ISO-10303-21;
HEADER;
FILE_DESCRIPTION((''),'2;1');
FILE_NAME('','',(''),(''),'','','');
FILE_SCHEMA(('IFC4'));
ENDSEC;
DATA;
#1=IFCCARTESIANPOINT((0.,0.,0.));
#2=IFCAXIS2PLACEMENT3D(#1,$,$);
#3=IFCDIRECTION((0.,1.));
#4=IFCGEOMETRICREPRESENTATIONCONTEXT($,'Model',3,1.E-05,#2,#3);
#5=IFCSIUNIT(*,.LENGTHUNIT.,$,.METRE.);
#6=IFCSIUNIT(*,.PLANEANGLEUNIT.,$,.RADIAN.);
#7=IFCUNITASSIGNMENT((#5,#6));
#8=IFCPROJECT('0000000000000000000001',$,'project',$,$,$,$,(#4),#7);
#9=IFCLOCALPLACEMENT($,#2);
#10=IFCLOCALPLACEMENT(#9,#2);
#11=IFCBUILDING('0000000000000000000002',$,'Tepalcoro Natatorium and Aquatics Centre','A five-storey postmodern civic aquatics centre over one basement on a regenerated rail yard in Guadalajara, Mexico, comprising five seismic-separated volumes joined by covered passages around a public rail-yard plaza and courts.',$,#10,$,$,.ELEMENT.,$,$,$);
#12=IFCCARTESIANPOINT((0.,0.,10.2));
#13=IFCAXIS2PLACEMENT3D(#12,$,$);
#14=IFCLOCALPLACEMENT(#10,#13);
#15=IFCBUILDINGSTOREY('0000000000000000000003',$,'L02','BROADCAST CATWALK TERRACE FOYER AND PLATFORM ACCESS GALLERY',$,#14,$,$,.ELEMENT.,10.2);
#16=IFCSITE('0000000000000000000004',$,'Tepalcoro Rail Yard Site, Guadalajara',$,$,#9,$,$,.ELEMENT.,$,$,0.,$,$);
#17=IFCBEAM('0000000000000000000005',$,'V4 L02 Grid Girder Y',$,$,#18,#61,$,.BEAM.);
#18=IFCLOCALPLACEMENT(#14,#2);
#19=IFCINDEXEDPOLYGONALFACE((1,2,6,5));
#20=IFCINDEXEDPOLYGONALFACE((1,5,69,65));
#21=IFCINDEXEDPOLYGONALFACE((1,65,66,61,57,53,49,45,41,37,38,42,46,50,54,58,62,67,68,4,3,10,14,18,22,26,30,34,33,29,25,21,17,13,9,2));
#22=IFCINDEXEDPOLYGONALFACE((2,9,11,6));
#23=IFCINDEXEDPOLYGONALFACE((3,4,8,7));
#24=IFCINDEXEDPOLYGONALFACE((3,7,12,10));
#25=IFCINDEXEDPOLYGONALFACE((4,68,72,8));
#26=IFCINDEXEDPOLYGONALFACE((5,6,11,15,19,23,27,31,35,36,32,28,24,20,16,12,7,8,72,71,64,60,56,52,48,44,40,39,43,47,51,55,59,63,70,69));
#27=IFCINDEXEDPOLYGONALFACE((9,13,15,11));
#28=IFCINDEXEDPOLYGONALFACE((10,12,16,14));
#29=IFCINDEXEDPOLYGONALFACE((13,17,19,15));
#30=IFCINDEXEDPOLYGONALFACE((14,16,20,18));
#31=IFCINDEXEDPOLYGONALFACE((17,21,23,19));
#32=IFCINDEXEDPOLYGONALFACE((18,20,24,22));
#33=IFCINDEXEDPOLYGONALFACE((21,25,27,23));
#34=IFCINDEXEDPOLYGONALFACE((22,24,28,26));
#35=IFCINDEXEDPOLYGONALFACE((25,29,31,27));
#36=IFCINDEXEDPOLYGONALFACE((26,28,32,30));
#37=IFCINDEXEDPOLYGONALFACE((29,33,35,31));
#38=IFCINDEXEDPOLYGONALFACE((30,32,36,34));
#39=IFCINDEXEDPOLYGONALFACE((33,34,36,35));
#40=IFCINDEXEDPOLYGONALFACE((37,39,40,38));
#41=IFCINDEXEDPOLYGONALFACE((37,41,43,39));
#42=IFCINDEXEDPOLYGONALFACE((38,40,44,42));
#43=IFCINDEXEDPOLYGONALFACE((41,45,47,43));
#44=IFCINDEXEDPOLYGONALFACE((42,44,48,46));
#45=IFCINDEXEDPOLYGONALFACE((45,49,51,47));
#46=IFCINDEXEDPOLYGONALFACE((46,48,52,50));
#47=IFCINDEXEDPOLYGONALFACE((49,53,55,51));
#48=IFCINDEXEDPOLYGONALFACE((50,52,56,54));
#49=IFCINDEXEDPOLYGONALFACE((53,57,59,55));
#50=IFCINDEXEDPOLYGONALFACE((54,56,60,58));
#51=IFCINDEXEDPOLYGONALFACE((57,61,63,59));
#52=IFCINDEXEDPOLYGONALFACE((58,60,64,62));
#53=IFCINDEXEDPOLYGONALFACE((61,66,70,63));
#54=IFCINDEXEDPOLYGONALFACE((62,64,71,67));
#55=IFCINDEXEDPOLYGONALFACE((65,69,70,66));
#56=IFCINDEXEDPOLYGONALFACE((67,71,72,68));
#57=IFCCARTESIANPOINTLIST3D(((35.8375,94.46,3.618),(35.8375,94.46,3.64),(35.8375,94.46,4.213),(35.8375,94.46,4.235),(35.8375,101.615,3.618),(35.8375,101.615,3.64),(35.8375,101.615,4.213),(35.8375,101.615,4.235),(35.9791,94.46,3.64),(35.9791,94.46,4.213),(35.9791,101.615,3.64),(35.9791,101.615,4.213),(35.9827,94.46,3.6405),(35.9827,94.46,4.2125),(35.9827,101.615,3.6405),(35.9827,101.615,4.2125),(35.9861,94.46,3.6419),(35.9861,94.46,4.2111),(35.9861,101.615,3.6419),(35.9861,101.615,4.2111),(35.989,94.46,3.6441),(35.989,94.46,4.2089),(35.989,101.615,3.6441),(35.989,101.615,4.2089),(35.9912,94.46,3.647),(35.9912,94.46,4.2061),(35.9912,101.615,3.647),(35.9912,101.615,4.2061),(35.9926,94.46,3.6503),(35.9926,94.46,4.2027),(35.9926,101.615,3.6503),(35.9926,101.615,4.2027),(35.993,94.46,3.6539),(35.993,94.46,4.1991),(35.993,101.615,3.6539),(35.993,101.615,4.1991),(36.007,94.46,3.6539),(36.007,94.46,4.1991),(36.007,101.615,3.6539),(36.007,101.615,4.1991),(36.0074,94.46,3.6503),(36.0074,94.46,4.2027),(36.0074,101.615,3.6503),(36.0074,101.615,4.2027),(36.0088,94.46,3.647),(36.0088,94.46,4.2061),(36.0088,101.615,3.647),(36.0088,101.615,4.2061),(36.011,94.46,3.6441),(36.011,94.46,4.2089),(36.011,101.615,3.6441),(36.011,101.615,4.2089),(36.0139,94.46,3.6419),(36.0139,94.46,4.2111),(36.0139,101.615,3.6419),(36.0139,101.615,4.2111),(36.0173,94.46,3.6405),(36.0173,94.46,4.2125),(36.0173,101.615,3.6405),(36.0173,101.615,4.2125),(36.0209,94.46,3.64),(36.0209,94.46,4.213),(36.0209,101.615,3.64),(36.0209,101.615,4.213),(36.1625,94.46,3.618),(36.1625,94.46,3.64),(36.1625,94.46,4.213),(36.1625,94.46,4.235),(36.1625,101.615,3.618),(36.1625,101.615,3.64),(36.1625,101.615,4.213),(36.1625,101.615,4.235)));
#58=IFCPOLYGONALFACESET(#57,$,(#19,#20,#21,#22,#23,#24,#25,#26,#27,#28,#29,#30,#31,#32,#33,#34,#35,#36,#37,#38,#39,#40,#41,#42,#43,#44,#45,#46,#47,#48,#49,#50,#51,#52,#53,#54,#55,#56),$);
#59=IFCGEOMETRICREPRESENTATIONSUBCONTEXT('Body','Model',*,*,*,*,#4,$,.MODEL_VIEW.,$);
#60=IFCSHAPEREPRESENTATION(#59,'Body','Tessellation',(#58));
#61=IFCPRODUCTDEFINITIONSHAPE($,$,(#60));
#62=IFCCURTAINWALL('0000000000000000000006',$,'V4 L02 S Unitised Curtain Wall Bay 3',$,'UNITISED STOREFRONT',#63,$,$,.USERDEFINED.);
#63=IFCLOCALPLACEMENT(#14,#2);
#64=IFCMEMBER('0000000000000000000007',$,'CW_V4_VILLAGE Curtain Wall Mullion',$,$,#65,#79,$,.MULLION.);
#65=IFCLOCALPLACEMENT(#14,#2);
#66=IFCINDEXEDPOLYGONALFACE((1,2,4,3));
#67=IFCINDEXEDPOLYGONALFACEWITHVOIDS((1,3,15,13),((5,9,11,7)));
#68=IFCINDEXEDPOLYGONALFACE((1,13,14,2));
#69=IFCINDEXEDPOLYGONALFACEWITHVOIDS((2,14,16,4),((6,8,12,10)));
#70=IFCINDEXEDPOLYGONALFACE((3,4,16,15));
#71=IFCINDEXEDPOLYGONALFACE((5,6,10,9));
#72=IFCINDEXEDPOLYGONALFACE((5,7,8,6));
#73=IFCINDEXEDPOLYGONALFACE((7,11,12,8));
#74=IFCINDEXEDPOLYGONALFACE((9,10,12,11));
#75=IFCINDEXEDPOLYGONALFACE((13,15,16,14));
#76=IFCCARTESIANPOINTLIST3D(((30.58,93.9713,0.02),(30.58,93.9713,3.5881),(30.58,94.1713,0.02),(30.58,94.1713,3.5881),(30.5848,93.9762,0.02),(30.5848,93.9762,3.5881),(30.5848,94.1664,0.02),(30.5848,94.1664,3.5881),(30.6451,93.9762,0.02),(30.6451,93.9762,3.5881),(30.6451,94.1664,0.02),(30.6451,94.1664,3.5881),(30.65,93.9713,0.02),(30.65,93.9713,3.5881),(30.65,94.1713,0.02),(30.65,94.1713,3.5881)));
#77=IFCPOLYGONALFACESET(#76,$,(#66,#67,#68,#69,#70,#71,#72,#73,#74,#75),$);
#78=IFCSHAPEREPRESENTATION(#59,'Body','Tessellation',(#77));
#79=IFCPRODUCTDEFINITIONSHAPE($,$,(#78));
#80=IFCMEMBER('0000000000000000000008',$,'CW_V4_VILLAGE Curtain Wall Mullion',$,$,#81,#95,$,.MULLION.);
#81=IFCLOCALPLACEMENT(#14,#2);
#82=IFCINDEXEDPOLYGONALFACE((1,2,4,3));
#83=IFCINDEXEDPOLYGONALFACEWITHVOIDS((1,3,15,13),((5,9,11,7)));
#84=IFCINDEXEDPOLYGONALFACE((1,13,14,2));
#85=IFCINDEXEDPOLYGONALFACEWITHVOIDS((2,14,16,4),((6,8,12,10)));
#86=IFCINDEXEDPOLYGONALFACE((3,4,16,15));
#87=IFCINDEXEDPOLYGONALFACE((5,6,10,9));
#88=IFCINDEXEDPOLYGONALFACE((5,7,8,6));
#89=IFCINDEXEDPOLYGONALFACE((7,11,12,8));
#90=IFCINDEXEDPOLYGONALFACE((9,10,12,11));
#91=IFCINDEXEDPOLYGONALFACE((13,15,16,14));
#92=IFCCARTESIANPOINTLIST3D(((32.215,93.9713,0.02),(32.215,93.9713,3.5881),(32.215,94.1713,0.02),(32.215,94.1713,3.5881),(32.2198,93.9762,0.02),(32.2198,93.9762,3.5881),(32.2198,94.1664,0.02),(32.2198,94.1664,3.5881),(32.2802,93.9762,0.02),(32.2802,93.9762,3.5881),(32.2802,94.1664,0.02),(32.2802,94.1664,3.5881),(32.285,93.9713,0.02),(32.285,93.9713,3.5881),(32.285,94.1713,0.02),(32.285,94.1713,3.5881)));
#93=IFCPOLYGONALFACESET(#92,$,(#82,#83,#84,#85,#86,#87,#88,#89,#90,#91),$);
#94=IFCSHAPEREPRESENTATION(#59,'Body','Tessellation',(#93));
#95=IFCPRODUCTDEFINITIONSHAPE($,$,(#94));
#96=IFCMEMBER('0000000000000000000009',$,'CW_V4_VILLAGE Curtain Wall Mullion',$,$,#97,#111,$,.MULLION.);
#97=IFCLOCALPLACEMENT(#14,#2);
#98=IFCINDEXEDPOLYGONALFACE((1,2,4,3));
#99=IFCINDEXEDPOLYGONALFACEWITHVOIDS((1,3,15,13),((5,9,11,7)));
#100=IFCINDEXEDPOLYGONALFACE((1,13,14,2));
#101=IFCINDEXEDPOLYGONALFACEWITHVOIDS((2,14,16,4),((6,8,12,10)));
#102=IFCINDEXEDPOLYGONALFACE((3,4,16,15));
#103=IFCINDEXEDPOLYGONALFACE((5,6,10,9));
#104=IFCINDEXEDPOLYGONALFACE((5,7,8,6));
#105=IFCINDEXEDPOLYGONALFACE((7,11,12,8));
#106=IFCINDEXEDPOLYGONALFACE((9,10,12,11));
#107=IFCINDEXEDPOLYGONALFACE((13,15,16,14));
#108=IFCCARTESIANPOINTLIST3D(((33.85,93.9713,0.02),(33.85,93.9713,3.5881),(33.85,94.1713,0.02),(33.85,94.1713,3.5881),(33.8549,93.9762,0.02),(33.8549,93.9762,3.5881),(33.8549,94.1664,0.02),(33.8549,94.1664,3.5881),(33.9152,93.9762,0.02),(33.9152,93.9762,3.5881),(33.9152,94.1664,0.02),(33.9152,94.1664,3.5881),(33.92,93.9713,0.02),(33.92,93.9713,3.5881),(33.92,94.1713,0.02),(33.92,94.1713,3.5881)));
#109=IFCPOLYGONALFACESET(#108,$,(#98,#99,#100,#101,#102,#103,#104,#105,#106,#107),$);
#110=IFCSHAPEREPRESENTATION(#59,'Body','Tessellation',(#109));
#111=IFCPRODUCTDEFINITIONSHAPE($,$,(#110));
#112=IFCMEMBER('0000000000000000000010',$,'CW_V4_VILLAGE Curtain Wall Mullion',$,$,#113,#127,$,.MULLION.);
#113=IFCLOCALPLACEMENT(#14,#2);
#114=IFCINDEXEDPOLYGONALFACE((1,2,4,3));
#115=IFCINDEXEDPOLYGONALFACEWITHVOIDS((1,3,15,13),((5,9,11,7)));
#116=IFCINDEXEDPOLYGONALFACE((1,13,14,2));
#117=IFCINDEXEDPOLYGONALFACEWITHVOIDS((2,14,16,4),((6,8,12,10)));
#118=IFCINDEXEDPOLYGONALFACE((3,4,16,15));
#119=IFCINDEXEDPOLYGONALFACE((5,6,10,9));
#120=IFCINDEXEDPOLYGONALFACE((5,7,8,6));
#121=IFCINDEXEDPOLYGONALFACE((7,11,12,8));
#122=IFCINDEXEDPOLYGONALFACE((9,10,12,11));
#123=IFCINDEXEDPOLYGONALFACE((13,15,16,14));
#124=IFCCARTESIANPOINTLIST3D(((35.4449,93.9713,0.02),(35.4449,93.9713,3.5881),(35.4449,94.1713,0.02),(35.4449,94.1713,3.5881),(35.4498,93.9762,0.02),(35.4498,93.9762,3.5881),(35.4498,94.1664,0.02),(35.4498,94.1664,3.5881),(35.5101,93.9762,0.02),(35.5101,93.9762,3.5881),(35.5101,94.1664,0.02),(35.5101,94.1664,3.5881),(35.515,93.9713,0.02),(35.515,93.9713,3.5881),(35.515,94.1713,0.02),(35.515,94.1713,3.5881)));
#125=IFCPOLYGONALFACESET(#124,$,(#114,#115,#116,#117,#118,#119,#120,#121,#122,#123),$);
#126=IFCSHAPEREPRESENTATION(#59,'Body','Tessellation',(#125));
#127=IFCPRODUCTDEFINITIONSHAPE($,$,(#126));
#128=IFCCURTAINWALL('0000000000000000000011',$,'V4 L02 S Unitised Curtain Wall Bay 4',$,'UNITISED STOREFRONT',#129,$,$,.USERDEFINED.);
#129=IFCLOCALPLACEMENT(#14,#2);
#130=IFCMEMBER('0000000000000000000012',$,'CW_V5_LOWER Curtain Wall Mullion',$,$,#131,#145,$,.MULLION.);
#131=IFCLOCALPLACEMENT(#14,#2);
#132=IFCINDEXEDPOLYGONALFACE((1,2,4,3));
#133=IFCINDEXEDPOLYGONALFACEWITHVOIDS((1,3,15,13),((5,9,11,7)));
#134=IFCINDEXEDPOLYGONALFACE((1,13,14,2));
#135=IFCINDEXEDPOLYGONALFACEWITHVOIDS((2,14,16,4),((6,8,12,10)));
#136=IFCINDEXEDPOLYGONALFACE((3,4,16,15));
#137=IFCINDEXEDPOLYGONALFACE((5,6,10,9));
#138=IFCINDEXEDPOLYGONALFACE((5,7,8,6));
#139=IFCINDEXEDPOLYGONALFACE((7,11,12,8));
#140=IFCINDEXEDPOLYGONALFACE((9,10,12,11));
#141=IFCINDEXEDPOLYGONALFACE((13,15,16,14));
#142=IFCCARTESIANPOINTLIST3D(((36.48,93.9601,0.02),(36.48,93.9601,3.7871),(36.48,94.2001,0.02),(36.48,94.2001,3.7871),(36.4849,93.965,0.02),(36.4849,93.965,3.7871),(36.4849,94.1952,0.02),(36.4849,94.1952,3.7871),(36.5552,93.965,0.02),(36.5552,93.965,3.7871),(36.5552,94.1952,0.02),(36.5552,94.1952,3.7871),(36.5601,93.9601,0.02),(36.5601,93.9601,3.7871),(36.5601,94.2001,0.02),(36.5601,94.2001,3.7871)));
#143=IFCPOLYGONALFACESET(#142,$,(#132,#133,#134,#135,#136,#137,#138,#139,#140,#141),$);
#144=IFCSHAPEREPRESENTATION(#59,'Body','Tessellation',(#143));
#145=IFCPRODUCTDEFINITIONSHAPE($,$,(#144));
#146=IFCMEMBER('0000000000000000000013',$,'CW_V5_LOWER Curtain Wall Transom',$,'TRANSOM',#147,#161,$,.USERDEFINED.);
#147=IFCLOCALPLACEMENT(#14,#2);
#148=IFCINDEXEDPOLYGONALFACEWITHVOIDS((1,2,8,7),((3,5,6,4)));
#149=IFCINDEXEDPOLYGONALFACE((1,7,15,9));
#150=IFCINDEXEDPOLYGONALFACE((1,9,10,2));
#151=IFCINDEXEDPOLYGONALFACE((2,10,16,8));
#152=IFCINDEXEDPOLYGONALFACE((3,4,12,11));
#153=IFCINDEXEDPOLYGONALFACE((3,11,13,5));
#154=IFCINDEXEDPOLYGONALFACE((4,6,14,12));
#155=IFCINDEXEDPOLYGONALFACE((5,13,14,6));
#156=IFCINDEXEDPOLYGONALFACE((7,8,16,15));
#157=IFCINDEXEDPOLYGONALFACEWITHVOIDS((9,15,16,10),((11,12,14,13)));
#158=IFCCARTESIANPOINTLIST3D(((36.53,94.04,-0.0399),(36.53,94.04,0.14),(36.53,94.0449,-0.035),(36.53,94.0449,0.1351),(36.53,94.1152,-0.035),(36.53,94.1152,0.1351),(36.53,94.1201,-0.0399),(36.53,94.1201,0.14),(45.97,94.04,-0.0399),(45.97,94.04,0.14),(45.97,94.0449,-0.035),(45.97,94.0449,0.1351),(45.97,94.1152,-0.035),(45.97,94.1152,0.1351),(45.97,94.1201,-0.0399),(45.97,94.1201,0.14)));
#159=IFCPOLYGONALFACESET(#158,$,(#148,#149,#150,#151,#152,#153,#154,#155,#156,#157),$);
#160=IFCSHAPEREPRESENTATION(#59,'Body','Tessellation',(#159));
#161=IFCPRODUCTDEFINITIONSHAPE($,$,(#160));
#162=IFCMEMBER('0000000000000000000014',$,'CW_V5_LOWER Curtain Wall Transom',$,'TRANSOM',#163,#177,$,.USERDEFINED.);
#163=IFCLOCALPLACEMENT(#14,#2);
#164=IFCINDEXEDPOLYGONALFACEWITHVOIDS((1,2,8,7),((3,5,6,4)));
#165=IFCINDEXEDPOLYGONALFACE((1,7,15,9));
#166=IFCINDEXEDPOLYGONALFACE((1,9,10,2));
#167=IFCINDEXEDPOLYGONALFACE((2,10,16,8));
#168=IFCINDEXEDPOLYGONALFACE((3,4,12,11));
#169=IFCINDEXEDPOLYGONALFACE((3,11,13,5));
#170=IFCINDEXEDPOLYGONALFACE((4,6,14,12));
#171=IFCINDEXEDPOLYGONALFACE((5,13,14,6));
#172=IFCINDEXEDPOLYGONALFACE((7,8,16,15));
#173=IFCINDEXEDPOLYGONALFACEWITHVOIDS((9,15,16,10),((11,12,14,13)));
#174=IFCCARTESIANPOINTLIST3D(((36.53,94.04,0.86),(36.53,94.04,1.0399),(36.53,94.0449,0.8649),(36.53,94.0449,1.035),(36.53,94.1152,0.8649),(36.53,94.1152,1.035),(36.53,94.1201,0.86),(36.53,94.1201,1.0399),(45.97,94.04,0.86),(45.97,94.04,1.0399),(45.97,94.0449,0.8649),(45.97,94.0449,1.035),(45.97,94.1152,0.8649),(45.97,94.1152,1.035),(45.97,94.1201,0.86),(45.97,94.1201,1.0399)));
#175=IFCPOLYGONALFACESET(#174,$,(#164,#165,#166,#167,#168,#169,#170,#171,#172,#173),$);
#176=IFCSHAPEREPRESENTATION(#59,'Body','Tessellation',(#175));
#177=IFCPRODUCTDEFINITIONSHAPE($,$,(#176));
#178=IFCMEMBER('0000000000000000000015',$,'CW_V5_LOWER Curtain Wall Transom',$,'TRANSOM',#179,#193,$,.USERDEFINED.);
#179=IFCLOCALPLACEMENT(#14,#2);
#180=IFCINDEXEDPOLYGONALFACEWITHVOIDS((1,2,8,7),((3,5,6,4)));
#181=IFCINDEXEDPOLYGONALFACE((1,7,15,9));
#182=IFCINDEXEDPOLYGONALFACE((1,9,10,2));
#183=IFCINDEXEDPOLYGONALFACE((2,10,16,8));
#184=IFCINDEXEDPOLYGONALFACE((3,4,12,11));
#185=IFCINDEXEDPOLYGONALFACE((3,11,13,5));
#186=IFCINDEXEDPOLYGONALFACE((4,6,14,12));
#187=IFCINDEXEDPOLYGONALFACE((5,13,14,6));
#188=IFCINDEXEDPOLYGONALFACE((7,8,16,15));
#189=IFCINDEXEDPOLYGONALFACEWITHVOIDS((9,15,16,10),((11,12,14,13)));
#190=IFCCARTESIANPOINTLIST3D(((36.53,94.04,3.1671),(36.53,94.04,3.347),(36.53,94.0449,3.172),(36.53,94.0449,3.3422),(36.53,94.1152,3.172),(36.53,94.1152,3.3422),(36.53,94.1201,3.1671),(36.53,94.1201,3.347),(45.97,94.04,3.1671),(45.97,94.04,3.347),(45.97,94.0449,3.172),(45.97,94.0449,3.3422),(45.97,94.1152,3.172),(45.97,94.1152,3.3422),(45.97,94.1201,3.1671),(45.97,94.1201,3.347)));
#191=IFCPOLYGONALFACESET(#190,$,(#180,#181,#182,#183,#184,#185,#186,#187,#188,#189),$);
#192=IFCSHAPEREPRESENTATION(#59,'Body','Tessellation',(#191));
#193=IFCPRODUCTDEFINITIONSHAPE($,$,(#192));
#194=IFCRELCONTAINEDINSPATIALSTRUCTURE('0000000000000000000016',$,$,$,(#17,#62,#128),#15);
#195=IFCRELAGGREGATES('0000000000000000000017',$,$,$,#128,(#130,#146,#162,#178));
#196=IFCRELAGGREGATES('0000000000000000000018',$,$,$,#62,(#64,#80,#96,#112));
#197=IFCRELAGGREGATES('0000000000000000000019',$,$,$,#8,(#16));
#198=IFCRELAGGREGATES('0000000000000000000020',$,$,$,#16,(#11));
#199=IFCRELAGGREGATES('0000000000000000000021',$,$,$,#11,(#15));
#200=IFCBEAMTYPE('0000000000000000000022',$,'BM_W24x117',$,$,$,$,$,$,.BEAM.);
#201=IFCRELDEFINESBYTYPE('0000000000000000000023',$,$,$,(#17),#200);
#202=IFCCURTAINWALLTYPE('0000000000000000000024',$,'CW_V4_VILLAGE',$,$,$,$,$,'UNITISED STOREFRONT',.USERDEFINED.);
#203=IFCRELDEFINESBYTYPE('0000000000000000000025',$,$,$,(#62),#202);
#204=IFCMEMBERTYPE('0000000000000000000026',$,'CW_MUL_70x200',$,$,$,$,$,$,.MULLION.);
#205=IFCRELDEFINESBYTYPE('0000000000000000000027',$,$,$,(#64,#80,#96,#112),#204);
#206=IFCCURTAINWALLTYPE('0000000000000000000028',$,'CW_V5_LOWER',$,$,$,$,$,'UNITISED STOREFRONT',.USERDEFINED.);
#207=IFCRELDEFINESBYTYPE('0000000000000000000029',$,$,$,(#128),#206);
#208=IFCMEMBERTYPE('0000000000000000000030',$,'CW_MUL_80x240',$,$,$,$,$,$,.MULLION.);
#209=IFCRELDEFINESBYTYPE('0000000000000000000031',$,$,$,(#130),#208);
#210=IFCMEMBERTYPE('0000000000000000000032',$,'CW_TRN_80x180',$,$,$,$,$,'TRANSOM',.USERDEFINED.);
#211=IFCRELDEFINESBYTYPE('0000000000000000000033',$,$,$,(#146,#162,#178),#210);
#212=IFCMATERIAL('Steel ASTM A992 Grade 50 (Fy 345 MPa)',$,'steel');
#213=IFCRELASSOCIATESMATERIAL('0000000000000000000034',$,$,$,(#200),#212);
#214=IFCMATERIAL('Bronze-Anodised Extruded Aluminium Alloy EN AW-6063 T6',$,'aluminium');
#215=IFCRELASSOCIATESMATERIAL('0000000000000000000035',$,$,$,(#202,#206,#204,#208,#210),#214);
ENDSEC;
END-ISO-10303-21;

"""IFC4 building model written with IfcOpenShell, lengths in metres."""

from ifc_helpers import new_model, si_unit, direction, frame, origin, origin_2d, place, context, subcontext, project, spatial, hollow_rectangle, i_section, extrude, material, material_profile, profile_set, type_object, element, aggregate, save


model = new_model("IFC4")

# Units and contexts
model_context = context("Model", 3, precision=1e-05, world=origin(), true_north=direction((0.0, 1.0)))
body_context = subcontext(model_context, "Body", "Model", "MODEL_VIEW")
ifc_project = project(units=[si_unit("LENGTHUNIT", "METRE"), si_unit("PLANEANGLEUNIT", "RADIAN")], contexts=[model_context])

# Site, building, storey
site_placement = place(None, origin())
site = spatial("IfcSite", under=ifc_project, at=site_placement, Name="Tepalcoro Rail Yard Site, Guadalajara", CompositionType="ELEMENT", RefElevation=0.0)
building_placement = place(site_placement, origin())
building = spatial("IfcBuilding", under=site, at=building_placement, Name="Tepalcoro Natatorium and Aquatics Centre", Description="A five-storey postmodern civic aquatics centre over one basement on a regenerated rail yard in Guadalajara, Mexico, comprising five seismic-separated volumes joined by covered passages around a public rail-yard plaza and courts.", CompositionType="ELEMENT")
storey_placement = place(building_placement, frame((0.0, 0.0, 10.2)))
storey = spatial("IfcBuildingStorey", under=building, at=storey_placement, Name="L02", Description="BROADCAST CATWALK TERRACE FOYER AND PLATFORM ACCESS GALLERY", CompositionType="ELEMENT", Elevation=10.2)

# Beam
ifc_material_1 = material(Name="Steel ASTM A992 Grade 50 (Fy 345 MPa)", Category="steel")
ifc_material_profile_1 = material_profile(ifc_material_1, i_section(OverallWidth=0.325, OverallDepth=0.6169, WebThickness=0.0139, FlangeThickness=0.022, FilletRadius=0.0139, at=origin_2d()), Name="W24X117")
ifc_profile_set_1 = profile_set([ifc_material_profile_1], Name="Steel ASTM A992 Grade 50 (Fy 345 MPa)")
beam_type_1 = type_object("IfcBeamType", Name="BM_W24x117", PredefinedType="BEAM", material=ifc_profile_set_1)
beam_1_placement = place(storey_placement, frame((36.0, 94.46, 3.9265), z_axis=(0.0, 1.0, 0.0), x_axis=(-1.0, 0.0, 0.0)))
element("IfcBeam", 1, at=beam_1_placement, inside=storey, type_object=beam_type_1, Name="V4 L02 Grid Girder Y", PredefinedType="BEAM", context=body_context, shape_type="SweptSolid", body=[
    extrude(i_section(OverallWidth=0.325, OverallDepth=0.6169, WebThickness=0.0139, FlangeThickness=0.022, FilletRadius=0.0139, at=origin_2d()), origin(), (0.0, 0.0, 1.0), 7.155),
])

# Curtain walls, members
ifc_material_2 = material(Name="Bronze-Anodised Extruded Aluminium Alloy EN AW-6063 T6", Category="aluminium")
curtain_wall_type_1 = type_object("IfcCurtainWallType", Name="CW_V4_VILLAGE", ElementType="UNITISED STOREFRONT", PredefinedType="USERDEFINED", material=ifc_material_2)
curtain_wall_1_placement = place(storey_placement, origin())
curtain_wall_1 = element("IfcCurtainWall", 2, at=curtain_wall_1_placement, inside=storey, type_object=curtain_wall_type_1, Name="V4 L02 S Unitised Curtain Wall Bay 3", ObjectType="UNITISED STOREFRONT", PredefinedType="USERDEFINED")
ifc_material_profile_2 = material_profile(ifc_material_2, hollow_rectangle(XDim=0.0701, YDim=0.2, WallThickness=0.0049, at=origin_2d()), Name="AL70X200X5")
ifc_profile_set_2 = profile_set([ifc_material_profile_2], Name="Bronze-Anodised Extruded Aluminium Alloy EN AW-6063 T6")
member_type_1 = type_object("IfcMemberType", Name="CW_MUL_70x200", PredefinedType="MULLION", material=ifc_profile_set_2)
member_1_placement = place(storey_placement, frame((30.615, 94.0713, 0.02), z_axis=(0.0, 0.0, 1.0), x_axis=(1.0, 0.0, 0.0)))
member_1 = element("IfcMember", 3, at=member_1_placement, type_object=member_type_1, Name="CW_V4_VILLAGE Curtain Wall Mullion", PredefinedType="MULLION", context=body_context, shape_type="SweptSolid", body=[
    extrude(hollow_rectangle(XDim=0.0701, YDim=0.2, WallThickness=0.0049, at=origin_2d()), origin(), (0.0, 0.0, 1.0), 3.5681),
])
member_2_placement = place(storey_placement, frame((32.25, 94.0713, 0.02), z_axis=(0.0, 0.0, 1.0), x_axis=(1.0, 0.0, 0.0)))
member_2 = element("IfcMember", 4, at=member_2_placement, type_object=member_type_1, Name="CW_V4_VILLAGE Curtain Wall Mullion", PredefinedType="MULLION", context=body_context, shape_type="SweptSolid", body=[
    extrude(hollow_rectangle(XDim=0.0701, YDim=0.2, WallThickness=0.0049, at=origin_2d()), origin(), (0.0, 0.0, 1.0), 3.5681),
])
member_3_placement = place(storey_placement, frame((33.885, 94.0713, 0.02), z_axis=(0.0, 0.0, 1.0), x_axis=(1.0, 0.0, 0.0)))
member_3 = element("IfcMember", 5, at=member_3_placement, type_object=member_type_1, Name="CW_V4_VILLAGE Curtain Wall Mullion", PredefinedType="MULLION", context=body_context, shape_type="SweptSolid", body=[
    extrude(hollow_rectangle(XDim=0.0701, YDim=0.2, WallThickness=0.0049, at=origin_2d()), origin(), (0.0, 0.0, 1.0), 3.5681),
])
member_4_placement = place(storey_placement, frame((35.48, 94.0713, 0.02), z_axis=(0.0, 0.0, 1.0), x_axis=(1.0, 0.0, 0.0)))
member_4 = element("IfcMember", 6, at=member_4_placement, type_object=member_type_1, Name="CW_V4_VILLAGE Curtain Wall Mullion", PredefinedType="MULLION", context=body_context, shape_type="SweptSolid", body=[
    extrude(hollow_rectangle(XDim=0.0701, YDim=0.2, WallThickness=0.0049, at=origin_2d()), origin(), (0.0, 0.0, 1.0), 3.5681),
])
curtain_wall_type_2 = type_object("IfcCurtainWallType", Name="CW_V5_LOWER", ElementType="UNITISED STOREFRONT", PredefinedType="USERDEFINED", material=ifc_material_2)
curtain_wall_2_placement = place(storey_placement, origin())
curtain_wall_2 = element("IfcCurtainWall", 7, at=curtain_wall_2_placement, inside=storey, type_object=curtain_wall_type_2, Name="V4 L02 S Unitised Curtain Wall Bay 4", ObjectType="UNITISED STOREFRONT", PredefinedType="USERDEFINED")
ifc_material_profile_3 = material_profile(ifc_material_2, hollow_rectangle(XDim=0.0801, YDim=0.24, WallThickness=0.0049, at=origin_2d()), Name="AL80X240X5")
ifc_profile_set_3 = profile_set([ifc_material_profile_3], Name="Bronze-Anodised Extruded Aluminium Alloy EN AW-6063 T6")
member_type_2 = type_object("IfcMemberType", Name="CW_MUL_80x240", PredefinedType="MULLION", material=ifc_profile_set_3)
member_5_placement = place(storey_placement, frame((36.52, 94.0801, 0.02), z_axis=(0.0, 0.0, 1.0), x_axis=(1.0, 0.0, 0.0)))
member_5 = element("IfcMember", 8, at=member_5_placement, type_object=member_type_2, Name="CW_V5_LOWER Curtain Wall Mullion", PredefinedType="MULLION", context=body_context, shape_type="SweptSolid", body=[
    extrude(hollow_rectangle(XDim=0.0801, YDim=0.24, WallThickness=0.0049, at=origin_2d()), origin(), (0.0, 0.0, 1.0), 3.7671),
])
ifc_material_profile_4 = material_profile(ifc_material_2, hollow_rectangle(XDim=0.0801, YDim=0.1799, WallThickness=0.0049, at=origin_2d()), Name="AL80X180X5")
ifc_profile_set_4 = profile_set([ifc_material_profile_4], Name="Bronze-Anodised Extruded Aluminium Alloy EN AW-6063 T6")
member_type_3 = type_object("IfcMemberType", Name="CW_TRN_80x180", ElementType="TRANSOM", PredefinedType="USERDEFINED", material=ifc_profile_set_4)
member_6_placement = place(storey_placement, frame((36.53, 94.0801, 0.05), z_axis=(1.0, 0.0, 0.0), x_axis=(0.0, 1.0, 0.0)))
member_6 = element("IfcMember", 9, at=member_6_placement, type_object=member_type_3, Name="CW_V5_LOWER Curtain Wall Transom", ObjectType="TRANSOM", PredefinedType="USERDEFINED", context=body_context, shape_type="SweptSolid", body=[
    extrude(hollow_rectangle(XDim=0.0801, YDim=0.1799, WallThickness=0.0049, at=origin_2d()), origin(), (0.0, 0.0, 1.0), 9.4399),
])
member_7_placement = place(storey_placement, frame((36.53, 94.0801, 0.95), z_axis=(1.0, 0.0, 0.0), x_axis=(0.0, 1.0, 0.0)))
member_7 = element("IfcMember", 10, at=member_7_placement, type_object=member_type_3, Name="CW_V5_LOWER Curtain Wall Transom", ObjectType="TRANSOM", PredefinedType="USERDEFINED", context=body_context, shape_type="SweptSolid", body=[
    extrude(hollow_rectangle(XDim=0.0801, YDim=0.1799, WallThickness=0.0049, at=origin_2d()), origin(), (0.0, 0.0, 1.0), 9.4399),
])
member_8_placement = place(storey_placement, frame((36.53, 94.0801, 3.2571), z_axis=(1.0, 0.0, 0.0), x_axis=(0.0, 1.0, 0.0)))
member_8 = element("IfcMember", 11, at=member_8_placement, type_object=member_type_3, Name="CW_V5_LOWER Curtain Wall Transom", ObjectType="TRANSOM", PredefinedType="USERDEFINED", context=body_context, shape_type="SweptSolid", body=[
    extrude(hollow_rectangle(XDim=0.0801, YDim=0.1799, WallThickness=0.0049, at=origin_2d()), origin(), (0.0, 0.0, 1.0), 9.4399),
])
aggregate(curtain_wall_2, [member_5, member_6, member_7, member_8])

aggregate(curtain_wall_1, [member_1, member_2, member_3, member_4])

save(model, "model.ifc")
